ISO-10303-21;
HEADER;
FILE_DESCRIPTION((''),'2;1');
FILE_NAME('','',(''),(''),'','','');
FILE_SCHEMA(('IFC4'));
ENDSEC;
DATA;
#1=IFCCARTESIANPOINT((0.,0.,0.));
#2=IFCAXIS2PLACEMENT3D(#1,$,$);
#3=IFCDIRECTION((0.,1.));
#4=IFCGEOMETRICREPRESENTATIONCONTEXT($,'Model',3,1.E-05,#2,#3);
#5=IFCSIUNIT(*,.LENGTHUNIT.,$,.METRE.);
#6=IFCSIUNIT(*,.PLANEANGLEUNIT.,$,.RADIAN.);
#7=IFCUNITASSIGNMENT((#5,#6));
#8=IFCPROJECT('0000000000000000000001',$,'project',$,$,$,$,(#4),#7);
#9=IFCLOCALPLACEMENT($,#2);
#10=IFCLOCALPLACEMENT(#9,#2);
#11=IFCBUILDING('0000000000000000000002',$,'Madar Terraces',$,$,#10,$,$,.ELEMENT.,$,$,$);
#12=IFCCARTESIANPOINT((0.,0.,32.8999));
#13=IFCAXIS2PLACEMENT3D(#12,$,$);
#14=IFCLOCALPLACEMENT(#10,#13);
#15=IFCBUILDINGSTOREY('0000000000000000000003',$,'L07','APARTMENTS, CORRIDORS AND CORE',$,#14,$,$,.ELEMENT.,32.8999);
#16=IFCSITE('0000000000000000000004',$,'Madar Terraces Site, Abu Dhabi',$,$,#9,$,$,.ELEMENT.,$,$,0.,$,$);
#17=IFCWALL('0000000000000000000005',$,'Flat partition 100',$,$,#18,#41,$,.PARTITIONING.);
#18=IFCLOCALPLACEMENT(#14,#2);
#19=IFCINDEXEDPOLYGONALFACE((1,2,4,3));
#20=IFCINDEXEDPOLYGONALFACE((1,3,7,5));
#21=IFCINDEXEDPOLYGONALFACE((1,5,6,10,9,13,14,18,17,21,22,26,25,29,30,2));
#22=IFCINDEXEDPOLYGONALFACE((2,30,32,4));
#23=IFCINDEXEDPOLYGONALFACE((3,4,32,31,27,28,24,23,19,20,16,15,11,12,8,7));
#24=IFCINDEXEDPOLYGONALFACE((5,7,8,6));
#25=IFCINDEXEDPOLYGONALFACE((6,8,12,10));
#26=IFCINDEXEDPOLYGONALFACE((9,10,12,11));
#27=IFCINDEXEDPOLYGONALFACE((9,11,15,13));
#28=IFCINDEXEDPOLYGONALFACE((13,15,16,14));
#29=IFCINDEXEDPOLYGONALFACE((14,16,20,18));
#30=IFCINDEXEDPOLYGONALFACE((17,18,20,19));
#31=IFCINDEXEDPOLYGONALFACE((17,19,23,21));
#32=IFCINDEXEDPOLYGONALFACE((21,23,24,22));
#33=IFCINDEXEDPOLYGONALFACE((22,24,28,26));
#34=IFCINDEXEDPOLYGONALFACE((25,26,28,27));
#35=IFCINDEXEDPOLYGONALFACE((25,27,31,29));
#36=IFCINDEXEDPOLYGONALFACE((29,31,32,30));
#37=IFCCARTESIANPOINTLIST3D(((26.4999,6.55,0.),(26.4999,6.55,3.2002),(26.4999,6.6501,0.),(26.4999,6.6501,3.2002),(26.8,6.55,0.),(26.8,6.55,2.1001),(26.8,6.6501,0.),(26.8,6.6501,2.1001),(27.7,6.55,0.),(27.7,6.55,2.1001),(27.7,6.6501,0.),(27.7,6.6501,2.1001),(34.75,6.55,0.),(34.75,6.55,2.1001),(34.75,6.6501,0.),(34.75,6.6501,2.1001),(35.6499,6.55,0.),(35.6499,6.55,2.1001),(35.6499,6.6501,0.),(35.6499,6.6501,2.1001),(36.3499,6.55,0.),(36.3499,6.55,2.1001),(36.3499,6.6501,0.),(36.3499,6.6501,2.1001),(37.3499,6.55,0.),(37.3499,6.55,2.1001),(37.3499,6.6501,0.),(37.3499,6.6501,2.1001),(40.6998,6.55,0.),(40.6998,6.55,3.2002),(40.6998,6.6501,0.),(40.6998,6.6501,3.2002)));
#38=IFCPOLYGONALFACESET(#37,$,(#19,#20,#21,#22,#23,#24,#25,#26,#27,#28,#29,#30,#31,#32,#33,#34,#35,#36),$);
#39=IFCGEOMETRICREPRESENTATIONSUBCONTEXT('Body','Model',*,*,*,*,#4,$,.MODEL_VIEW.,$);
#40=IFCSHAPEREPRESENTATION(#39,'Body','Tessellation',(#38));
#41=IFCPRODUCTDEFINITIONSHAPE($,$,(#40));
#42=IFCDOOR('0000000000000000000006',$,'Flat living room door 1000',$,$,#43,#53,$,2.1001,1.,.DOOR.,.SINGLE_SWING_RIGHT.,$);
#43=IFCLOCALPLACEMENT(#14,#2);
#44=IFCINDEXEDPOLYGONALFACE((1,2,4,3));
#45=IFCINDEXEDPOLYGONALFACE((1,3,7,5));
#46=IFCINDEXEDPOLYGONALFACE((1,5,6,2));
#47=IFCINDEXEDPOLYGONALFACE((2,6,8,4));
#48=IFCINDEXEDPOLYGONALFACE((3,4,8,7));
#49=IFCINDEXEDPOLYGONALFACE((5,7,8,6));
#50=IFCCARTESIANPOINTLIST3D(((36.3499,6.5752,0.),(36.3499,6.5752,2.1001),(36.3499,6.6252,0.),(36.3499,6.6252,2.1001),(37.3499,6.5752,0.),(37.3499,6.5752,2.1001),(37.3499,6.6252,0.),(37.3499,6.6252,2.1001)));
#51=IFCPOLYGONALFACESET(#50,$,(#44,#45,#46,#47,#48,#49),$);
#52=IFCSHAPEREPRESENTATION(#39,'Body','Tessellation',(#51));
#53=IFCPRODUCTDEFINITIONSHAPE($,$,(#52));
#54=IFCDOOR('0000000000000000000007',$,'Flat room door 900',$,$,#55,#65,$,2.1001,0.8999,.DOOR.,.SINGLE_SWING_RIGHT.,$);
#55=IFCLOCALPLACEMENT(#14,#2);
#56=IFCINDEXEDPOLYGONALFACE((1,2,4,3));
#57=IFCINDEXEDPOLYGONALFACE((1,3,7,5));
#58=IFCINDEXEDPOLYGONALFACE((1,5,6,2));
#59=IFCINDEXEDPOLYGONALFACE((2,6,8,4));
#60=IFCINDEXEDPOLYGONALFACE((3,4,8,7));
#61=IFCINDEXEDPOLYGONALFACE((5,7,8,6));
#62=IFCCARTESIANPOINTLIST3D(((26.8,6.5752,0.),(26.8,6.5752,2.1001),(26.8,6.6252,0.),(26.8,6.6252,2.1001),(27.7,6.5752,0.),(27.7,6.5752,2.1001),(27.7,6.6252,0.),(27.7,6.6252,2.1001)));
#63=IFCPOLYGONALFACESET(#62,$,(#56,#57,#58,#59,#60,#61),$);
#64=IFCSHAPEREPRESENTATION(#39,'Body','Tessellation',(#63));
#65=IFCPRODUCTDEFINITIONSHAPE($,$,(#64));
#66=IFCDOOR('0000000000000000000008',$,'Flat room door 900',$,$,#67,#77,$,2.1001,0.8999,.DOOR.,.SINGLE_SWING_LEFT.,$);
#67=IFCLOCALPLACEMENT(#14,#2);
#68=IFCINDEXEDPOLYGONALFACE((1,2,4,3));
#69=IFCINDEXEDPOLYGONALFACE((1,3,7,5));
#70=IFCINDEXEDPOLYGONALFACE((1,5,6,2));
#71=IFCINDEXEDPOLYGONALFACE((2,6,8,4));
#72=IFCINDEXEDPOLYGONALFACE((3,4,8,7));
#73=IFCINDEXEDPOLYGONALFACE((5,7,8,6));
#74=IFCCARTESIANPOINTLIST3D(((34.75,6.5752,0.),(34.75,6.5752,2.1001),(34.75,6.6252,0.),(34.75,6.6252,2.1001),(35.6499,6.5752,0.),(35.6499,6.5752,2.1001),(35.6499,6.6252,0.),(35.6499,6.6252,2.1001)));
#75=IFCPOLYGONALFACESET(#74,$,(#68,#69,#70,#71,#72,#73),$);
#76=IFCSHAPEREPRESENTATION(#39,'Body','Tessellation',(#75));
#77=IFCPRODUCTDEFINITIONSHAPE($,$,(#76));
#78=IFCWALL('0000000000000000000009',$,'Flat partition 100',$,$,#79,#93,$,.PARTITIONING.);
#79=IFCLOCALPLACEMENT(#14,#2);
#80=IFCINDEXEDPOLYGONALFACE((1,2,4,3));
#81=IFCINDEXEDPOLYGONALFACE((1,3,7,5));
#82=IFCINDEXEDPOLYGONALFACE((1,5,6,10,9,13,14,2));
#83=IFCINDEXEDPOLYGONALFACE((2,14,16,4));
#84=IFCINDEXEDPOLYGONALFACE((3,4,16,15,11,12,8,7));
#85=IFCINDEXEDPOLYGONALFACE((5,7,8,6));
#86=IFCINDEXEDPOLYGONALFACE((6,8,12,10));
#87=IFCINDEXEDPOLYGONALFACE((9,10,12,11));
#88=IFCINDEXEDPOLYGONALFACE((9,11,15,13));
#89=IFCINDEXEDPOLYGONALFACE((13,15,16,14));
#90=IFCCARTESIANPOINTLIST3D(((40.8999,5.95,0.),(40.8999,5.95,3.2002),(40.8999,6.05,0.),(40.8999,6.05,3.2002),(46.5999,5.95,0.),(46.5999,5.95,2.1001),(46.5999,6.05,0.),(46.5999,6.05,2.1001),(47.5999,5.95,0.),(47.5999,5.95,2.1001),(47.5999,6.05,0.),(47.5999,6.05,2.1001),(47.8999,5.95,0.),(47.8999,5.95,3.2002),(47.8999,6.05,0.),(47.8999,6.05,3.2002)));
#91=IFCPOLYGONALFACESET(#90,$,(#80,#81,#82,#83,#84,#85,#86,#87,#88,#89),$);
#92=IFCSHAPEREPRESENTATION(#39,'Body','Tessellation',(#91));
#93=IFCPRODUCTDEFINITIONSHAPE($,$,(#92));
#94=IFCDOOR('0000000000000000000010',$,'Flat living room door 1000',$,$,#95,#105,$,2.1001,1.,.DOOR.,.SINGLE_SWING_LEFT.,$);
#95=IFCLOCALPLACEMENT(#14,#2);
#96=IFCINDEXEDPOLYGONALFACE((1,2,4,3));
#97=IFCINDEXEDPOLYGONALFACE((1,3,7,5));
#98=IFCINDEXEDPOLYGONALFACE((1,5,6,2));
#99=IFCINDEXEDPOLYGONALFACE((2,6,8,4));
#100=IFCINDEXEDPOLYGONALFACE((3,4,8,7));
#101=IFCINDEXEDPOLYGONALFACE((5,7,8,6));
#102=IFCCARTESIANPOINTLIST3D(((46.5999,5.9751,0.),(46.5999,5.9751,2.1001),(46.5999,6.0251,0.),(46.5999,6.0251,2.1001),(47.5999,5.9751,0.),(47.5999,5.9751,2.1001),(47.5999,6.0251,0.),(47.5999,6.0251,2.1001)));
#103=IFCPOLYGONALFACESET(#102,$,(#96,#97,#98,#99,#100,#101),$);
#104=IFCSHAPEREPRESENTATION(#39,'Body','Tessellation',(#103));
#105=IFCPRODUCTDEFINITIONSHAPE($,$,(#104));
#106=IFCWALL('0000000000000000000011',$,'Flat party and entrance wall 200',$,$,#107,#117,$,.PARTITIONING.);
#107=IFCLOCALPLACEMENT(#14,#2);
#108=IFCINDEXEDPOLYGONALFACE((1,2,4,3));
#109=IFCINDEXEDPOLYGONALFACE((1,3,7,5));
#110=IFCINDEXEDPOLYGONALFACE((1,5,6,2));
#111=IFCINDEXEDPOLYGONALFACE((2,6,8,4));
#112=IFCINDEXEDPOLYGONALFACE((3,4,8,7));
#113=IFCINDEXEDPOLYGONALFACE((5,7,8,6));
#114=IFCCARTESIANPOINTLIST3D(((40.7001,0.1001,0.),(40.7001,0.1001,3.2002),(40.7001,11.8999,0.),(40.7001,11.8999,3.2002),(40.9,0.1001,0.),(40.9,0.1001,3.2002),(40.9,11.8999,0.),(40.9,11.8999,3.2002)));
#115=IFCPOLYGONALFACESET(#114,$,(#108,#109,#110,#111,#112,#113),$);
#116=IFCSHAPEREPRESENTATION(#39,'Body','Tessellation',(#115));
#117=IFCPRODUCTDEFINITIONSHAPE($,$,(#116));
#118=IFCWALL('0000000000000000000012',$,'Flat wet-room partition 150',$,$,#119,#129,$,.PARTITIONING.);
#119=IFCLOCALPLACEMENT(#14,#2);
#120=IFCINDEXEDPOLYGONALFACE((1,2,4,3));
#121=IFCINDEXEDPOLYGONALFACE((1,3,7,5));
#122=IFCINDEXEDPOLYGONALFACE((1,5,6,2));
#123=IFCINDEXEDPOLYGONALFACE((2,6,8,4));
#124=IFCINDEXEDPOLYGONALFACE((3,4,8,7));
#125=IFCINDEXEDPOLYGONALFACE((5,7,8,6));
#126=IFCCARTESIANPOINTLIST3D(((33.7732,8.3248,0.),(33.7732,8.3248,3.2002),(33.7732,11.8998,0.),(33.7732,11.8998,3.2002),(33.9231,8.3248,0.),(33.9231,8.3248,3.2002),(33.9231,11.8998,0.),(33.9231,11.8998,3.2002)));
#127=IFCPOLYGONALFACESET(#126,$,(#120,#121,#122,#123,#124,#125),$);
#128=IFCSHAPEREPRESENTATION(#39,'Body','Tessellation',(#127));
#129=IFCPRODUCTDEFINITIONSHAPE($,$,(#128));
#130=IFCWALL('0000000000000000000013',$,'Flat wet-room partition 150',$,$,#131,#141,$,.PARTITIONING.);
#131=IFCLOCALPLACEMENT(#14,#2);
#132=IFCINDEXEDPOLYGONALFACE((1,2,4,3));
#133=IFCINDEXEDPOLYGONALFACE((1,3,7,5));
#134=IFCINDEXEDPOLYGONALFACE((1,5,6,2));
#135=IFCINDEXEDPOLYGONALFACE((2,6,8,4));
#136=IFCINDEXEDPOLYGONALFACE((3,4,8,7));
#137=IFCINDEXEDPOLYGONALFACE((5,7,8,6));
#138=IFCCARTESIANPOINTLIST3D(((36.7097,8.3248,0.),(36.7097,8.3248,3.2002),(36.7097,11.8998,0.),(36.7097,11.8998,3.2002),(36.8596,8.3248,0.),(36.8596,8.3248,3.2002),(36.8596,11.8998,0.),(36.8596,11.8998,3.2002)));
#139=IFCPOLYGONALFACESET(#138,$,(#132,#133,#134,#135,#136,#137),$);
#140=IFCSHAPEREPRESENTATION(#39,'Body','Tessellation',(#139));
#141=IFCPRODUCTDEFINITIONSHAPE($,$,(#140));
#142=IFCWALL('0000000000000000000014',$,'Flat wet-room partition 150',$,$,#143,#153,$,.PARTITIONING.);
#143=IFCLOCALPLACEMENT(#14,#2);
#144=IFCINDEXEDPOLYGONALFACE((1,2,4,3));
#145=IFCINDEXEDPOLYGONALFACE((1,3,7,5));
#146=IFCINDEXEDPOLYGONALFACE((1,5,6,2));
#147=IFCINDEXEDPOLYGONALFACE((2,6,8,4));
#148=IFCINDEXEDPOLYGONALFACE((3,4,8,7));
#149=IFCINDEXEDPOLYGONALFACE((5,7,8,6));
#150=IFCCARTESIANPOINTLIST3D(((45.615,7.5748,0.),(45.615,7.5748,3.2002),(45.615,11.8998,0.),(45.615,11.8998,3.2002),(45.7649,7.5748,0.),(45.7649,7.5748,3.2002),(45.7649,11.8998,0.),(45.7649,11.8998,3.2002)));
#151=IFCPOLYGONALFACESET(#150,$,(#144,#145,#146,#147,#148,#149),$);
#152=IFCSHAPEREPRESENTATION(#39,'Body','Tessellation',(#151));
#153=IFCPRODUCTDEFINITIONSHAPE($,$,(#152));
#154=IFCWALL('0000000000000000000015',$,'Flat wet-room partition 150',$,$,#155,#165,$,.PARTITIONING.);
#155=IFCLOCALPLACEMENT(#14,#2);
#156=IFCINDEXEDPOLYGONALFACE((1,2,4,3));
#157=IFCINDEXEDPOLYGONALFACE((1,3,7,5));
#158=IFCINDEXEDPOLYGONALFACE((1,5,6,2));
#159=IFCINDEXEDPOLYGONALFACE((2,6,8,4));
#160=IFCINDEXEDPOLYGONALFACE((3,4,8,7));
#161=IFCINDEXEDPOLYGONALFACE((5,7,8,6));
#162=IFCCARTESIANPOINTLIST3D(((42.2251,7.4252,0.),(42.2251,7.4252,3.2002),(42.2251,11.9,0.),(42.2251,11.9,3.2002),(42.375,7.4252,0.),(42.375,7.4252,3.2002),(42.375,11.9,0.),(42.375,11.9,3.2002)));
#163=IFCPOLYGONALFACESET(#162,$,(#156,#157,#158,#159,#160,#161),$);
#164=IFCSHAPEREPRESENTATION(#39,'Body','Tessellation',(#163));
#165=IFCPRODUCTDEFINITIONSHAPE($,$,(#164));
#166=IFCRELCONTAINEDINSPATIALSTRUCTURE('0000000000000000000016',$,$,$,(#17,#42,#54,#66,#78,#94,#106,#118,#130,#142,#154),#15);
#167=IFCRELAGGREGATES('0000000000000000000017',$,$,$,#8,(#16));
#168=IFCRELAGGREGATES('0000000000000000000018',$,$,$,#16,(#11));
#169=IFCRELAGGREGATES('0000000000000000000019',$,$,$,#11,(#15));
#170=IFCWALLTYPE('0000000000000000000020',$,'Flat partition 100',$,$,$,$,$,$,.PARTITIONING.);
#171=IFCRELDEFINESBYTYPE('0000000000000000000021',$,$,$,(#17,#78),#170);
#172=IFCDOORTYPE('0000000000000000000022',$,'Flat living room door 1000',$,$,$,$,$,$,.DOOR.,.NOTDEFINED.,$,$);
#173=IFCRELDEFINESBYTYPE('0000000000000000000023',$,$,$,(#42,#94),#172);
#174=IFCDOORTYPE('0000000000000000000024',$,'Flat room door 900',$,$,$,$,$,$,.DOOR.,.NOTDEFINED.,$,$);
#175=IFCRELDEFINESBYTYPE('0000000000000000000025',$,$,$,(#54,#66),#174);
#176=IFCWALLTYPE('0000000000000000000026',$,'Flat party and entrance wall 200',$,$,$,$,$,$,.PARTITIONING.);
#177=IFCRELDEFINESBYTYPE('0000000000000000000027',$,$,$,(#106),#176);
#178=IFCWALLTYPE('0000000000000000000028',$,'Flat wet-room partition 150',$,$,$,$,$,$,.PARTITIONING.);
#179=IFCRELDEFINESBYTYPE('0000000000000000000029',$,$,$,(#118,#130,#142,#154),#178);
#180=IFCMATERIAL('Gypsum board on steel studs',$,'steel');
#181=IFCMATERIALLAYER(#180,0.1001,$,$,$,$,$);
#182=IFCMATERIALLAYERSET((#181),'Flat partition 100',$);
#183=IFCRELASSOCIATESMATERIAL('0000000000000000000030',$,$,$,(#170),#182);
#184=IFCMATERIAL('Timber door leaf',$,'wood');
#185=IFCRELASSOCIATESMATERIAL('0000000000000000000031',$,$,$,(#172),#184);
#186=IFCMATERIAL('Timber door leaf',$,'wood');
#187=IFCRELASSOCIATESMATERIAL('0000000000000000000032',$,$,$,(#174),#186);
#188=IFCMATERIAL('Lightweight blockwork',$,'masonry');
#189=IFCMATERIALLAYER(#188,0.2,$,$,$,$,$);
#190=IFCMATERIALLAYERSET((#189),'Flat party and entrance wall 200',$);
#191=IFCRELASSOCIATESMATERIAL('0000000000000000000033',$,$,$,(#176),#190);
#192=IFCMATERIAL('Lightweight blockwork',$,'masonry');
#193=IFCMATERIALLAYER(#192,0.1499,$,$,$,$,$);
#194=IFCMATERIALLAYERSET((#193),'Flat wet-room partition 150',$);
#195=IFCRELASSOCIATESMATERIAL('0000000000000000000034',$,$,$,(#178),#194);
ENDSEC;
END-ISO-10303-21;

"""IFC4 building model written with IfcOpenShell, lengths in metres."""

from ifc_helpers import new_model, si_unit, direction, frame, frame_2d, origin, place, context, subcontext, project, spatial, rectangle, extrude, material, layer, layer_set, type_object, element, fill, save


model = new_model("IFC4")

# Units and contexts
model_context = context("Model", 3, precision=1e-05, world=origin(), true_north=direction((0.0, 1.0)))
body_context = subcontext(model_context, "Body", "Model", "MODEL_VIEW")
ifc_project = project(units=[si_unit("LENGTHUNIT", "METRE"), si_unit("PLANEANGLEUNIT", "RADIAN")], contexts=[model_context])

# Site, building, storey
site_placement = place(None, origin())
site = spatial("IfcSite", under=ifc_project, at=site_placement, Name="Madar Terraces Site, Abu Dhabi", CompositionType="ELEMENT", RefElevation=0.0)
building_placement = place(site_placement, origin())
building = spatial("IfcBuilding", under=site, at=building_placement, Name="Madar Terraces", CompositionType="ELEMENT")
storey_placement = place(building_placement, frame((0.0, 0.0, 32.8999)))
storey = spatial("IfcBuildingStorey", under=building, at=storey_placement, Name="L07", Description="APARTMENTS, CORRIDORS AND CORE", CompositionType="ELEMENT", Elevation=32.8999)

# Shared definitions
ifc_material_1 = material(Name="Gypsum board on steel studs", Category="steel")
ifc_layer_1 = layer(ifc_material_1, 0.1001)
ifc_layer_set_1 = layer_set([ifc_layer_1], Name="Flat partition 100")
wall_type_1 = type_object("IfcWallType", Name="Flat partition 100", PredefinedType="PARTITIONING", material=ifc_layer_set_1)

# Wall, openings, doors
wall_1_placement = place(storey_placement, frame((40.7, 6.6001, 0.0), z_axis=(0.0, 0.0, 1.0), x_axis=(-1.0, 0.0, 0.0)))
wall_1 = element("IfcWall", 1, at=wall_1_placement, inside=storey, type_object=wall_type_1, Name="Flat partition 100", PredefinedType="PARTITIONING", context=body_context, shape_type="SweptSolid", body=[
    extrude(rectangle(XDim=14.2, YDim=0.1001, at=frame_2d((7.1001, 0.0))), origin(), (0.0, 0.0, 1.0), 3.2002),
])
opening_1_placement = place(wall_1_placement, frame((13.0, 0.0, 0.0)))
opening_1 = element("IfcOpeningElement", 2, at=opening_1_placement, cuts=wall_1, PredefinedType="OPENING", context=body_context, shape_type="SweptSolid", body=[
    extrude(rectangle(XDim=0.8999, YDim=2.1001, at=frame_2d((0.45, 1.05))), frame((0.0, 0.0601, 0.0), z_axis=(0.0, -1.0, 0.0), x_axis=(1.0, 0.0, 0.0)), (0.0, 0.0, 1.0), 0.1201),
])
opening_2_placement = place(wall_1_placement, frame((5.05, 0.0, 0.0)))
opening_2 = element("IfcOpeningElement", 3, at=opening_2_placement, cuts=wall_1, PredefinedType="OPENING", context=body_context, shape_type="SweptSolid", body=[
    extrude(rectangle(XDim=0.8999, YDim=2.1001, at=frame_2d((0.45, 1.05))), frame((0.0, 0.0601, 0.0), z_axis=(0.0, -1.0, 0.0), x_axis=(1.0, 0.0, 0.0)), (0.0, 0.0, 1.0), 0.1201),
])
opening_3_placement = place(wall_1_placement, frame((3.3501, 0.0, 0.0)))
opening_3 = element("IfcOpeningElement", 4, at=opening_3_placement, cuts=wall_1, PredefinedType="OPENING", context=body_context, shape_type="SweptSolid", body=[
    extrude(rectangle(XDim=1.0, YDim=2.1001, at=frame_2d((0.5, 1.05))), frame((0.0, 0.0601, 0.0), z_axis=(0.0, -1.0, 0.0), x_axis=(1.0, 0.0, 0.0)), (0.0, 0.0, 1.0), 0.1201),
])
ifc_material_2 = material(Name="Timber door leaf", Category="wood")
door_type_1 = type_object("IfcDoorType", Name="Flat living room door 1000", OperationType="NOTDEFINED", PredefinedType="DOOR", material=ifc_material_2)
door_1_placement = place(opening_3_placement, origin())
door_1 = element("IfcDoor", 5, at=door_1_placement, inside=storey, type_object=door_type_1, Name="Flat living room door 1000", OperationType="SINGLE_SWING_RIGHT", OverallHeight=2.1001, OverallWidth=1.0, PredefinedType="DOOR", context=body_context, shape_type="SweptSolid", body=[
    extrude(rectangle(XDim=1.0, YDim=2.1001, at=frame_2d((0.5, 1.05))), frame((0.0, 0.0249, 0.0), z_axis=(0.0, -1.0, 0.0), x_axis=(1.0, 0.0, 0.0)), (0.0, 0.0, 1.0), 0.05),
])
fill(opening_3, door_1)
ifc_material_3 = material(Name="Timber door leaf", Category="wood")
door_type_2 = type_object("IfcDoorType", Name="Flat room door 900", OperationType="NOTDEFINED", PredefinedType="DOOR", material=ifc_material_3)
door_2_placement = place(opening_1_placement, origin())
door_2 = element("IfcDoor", 6, at=door_2_placement, inside=storey, type_object=door_type_2, Name="Flat room door 900", OperationType="SINGLE_SWING_RIGHT", OverallHeight=2.1001, OverallWidth=0.8999, PredefinedType="DOOR", context=body_context, shape_type="SweptSolid", body=[
    extrude(rectangle(XDim=0.8999, YDim=2.1001, at=frame_2d((0.45, 1.05))), frame((0.0, 0.0249, 0.0), z_axis=(0.0, -1.0, 0.0), x_axis=(1.0, 0.0, 0.0)), (0.0, 0.0, 1.0), 0.05),
])
fill(opening_1, door_2)
door_3_placement = place(opening_2_placement, origin())
door_3 = element("IfcDoor", 7, at=door_3_placement, inside=storey, type_object=door_type_2, Name="Flat room door 900", OperationType="SINGLE_SWING_LEFT", OverallHeight=2.1001, OverallWidth=0.8999, PredefinedType="DOOR", context=body_context, shape_type="SweptSolid", body=[
    extrude(rectangle(XDim=0.8999, YDim=2.1001, at=frame_2d((0.45, 1.05))), frame((0.0, 0.0249, 0.0), z_axis=(0.0, -1.0, 0.0), x_axis=(1.0, 0.0, 0.0)), (0.0, 0.0, 1.0), 0.05),
])
fill(opening_2, door_3)

# Wall, opening, door
wall_2_placement = place(storey_placement, frame((47.8999, 6.0, 0.0), z_axis=(0.0, 0.0, 1.0), x_axis=(-1.0, 0.0, 0.0)))
wall_2 = element("IfcWall", 8, at=wall_2_placement, inside=storey, type_object=wall_type_1, Name="Flat partition 100", PredefinedType="PARTITIONING", context=body_context, shape_type="SweptSolid", body=[
    extrude(rectangle(XDim=7.0, YDim=0.1001, at=frame_2d((3.5, 0.0))), origin(), (0.0, 0.0, 1.0), 3.2002),
])
opening_4_placement = place(wall_2_placement, frame((0.3, 0.0, 0.0)))
opening_4 = element("IfcOpeningElement", 9, at=opening_4_placement, cuts=wall_2, PredefinedType="OPENING", context=body_context, shape_type="SweptSolid", body=[
    extrude(rectangle(XDim=1.0, YDim=2.1001, at=frame_2d((0.5, 1.05))), frame((0.0, 0.0601, 0.0), z_axis=(0.0, -1.0, 0.0), x_axis=(1.0, 0.0, 0.0)), (0.0, 0.0, 1.0), 0.1201),
])
door_4_placement = place(opening_4_placement, origin())
door_4 = element("IfcDoor", 10, at=door_4_placement, inside=storey, type_object=door_type_1, Name="Flat living room door 1000", OperationType="SINGLE_SWING_LEFT", OverallHeight=2.1001, OverallWidth=1.0, PredefinedType="DOOR", context=body_context, shape_type="SweptSolid", body=[
    extrude(rectangle(XDim=1.0, YDim=2.1001, at=frame_2d((0.5, 1.05))), frame((0.0, 0.0249, 0.0), z_axis=(0.0, -1.0, 0.0), x_axis=(1.0, 0.0, 0.0)), (0.0, 0.0, 1.0), 0.05),
])
fill(opening_4, door_4)

# Walls
ifc_material_4 = material(Name="Lightweight blockwork", Category="masonry")
ifc_layer_2 = layer(ifc_material_4, 0.2)
ifc_layer_set_2 = layer_set([ifc_layer_2], Name="Flat party and entrance wall 200")
wall_type_2 = type_object("IfcWallType", Name="Flat party and entrance wall 200", PredefinedType="PARTITIONING", material=ifc_layer_set_2)
wall_3_placement = place(storey_placement, frame((40.8, 11.8999, 0.0), z_axis=(0.0, 0.0, 1.0), x_axis=(0.0, -1.0, 0.0)))
element("IfcWall", 11, at=wall_3_placement, inside=storey, type_object=wall_type_2, Name="Flat party and entrance wall 200", PredefinedType="PARTITIONING", context=body_context, shape_type="SweptSolid", body=[
    extrude(rectangle(XDim=11.7998, YDim=0.2, at=frame_2d((5.8999, 0.0))), origin(), (0.0, 0.0, 1.0), 3.2002),
])
ifc_material_5 = material(Name="Lightweight blockwork", Category="masonry")
ifc_layer_3 = layer(ifc_material_5, 0.1499)
ifc_layer_set_3 = layer_set([ifc_layer_3], Name="Flat wet-room partition 150")
wall_type_3 = type_object("IfcWallType", Name="Flat wet-room partition 150", PredefinedType="PARTITIONING", material=ifc_layer_set_3)
for number, where, z_axis, x_axis, name in (
    (12, (33.8481, 11.8999, 0.0), (0.0, 0.0, 1.0), (0.0, -1.0, 0.0), "Flat wet-room partition 150"),
    (13, (36.7847, 11.8999, 0.0), (0.0, 0.0, 1.0), (0.0, -1.0, 0.0), "Flat wet-room partition 150"),
):
    element("IfcWall", number, at=place(storey_placement, frame(where, z_axis=z_axis, x_axis=x_axis)), inside=storey, type_object=wall_type_3, Name=name, PredefinedType="PARTITIONING", context=body_context, shape_type="SweptSolid", body=[
        extrude(rectangle(XDim=3.575, YDim=0.1499, at=frame_2d((1.7876, 0.0))), origin(), (0.0, 0.0, 1.0), 3.2002),
    ])
wall_4_placement = place(storey_placement, frame((45.6899, 11.8999, 0.0), z_axis=(0.0, 0.0, 1.0), x_axis=(0.0, -1.0, 0.0)))
element("IfcWall", 14, at=wall_4_placement, inside=storey, type_object=wall_type_3, Name="Flat wet-room partition 150", PredefinedType="PARTITIONING", context=body_context, shape_type="SweptSolid", body=[
    extrude(rectangle(XDim=4.325, YDim=0.1499, at=frame_2d((2.1626, 0.0))), origin(), (0.0, 0.0, 1.0), 3.2002),
])
wall_5_placement = place(storey_placement, frame((42.3, 11.8999, 0.0), z_axis=(0.0, 0.0, 1.0), x_axis=(0.0, -1.0, 0.0)))
element("IfcWall", 15, at=wall_5_placement, inside=storey, type_object=wall_type_3, Name="Flat wet-room partition 150", PredefinedType="PARTITIONING", context=body_context, shape_type="SweptSolid", body=[
    extrude(rectangle(XDim=4.4749, YDim=0.1499, at=frame_2d((2.2373, 0.0))), origin(), (0.0, 0.0, 1.0), 3.2002),
])

save(model, "model.ifc")
